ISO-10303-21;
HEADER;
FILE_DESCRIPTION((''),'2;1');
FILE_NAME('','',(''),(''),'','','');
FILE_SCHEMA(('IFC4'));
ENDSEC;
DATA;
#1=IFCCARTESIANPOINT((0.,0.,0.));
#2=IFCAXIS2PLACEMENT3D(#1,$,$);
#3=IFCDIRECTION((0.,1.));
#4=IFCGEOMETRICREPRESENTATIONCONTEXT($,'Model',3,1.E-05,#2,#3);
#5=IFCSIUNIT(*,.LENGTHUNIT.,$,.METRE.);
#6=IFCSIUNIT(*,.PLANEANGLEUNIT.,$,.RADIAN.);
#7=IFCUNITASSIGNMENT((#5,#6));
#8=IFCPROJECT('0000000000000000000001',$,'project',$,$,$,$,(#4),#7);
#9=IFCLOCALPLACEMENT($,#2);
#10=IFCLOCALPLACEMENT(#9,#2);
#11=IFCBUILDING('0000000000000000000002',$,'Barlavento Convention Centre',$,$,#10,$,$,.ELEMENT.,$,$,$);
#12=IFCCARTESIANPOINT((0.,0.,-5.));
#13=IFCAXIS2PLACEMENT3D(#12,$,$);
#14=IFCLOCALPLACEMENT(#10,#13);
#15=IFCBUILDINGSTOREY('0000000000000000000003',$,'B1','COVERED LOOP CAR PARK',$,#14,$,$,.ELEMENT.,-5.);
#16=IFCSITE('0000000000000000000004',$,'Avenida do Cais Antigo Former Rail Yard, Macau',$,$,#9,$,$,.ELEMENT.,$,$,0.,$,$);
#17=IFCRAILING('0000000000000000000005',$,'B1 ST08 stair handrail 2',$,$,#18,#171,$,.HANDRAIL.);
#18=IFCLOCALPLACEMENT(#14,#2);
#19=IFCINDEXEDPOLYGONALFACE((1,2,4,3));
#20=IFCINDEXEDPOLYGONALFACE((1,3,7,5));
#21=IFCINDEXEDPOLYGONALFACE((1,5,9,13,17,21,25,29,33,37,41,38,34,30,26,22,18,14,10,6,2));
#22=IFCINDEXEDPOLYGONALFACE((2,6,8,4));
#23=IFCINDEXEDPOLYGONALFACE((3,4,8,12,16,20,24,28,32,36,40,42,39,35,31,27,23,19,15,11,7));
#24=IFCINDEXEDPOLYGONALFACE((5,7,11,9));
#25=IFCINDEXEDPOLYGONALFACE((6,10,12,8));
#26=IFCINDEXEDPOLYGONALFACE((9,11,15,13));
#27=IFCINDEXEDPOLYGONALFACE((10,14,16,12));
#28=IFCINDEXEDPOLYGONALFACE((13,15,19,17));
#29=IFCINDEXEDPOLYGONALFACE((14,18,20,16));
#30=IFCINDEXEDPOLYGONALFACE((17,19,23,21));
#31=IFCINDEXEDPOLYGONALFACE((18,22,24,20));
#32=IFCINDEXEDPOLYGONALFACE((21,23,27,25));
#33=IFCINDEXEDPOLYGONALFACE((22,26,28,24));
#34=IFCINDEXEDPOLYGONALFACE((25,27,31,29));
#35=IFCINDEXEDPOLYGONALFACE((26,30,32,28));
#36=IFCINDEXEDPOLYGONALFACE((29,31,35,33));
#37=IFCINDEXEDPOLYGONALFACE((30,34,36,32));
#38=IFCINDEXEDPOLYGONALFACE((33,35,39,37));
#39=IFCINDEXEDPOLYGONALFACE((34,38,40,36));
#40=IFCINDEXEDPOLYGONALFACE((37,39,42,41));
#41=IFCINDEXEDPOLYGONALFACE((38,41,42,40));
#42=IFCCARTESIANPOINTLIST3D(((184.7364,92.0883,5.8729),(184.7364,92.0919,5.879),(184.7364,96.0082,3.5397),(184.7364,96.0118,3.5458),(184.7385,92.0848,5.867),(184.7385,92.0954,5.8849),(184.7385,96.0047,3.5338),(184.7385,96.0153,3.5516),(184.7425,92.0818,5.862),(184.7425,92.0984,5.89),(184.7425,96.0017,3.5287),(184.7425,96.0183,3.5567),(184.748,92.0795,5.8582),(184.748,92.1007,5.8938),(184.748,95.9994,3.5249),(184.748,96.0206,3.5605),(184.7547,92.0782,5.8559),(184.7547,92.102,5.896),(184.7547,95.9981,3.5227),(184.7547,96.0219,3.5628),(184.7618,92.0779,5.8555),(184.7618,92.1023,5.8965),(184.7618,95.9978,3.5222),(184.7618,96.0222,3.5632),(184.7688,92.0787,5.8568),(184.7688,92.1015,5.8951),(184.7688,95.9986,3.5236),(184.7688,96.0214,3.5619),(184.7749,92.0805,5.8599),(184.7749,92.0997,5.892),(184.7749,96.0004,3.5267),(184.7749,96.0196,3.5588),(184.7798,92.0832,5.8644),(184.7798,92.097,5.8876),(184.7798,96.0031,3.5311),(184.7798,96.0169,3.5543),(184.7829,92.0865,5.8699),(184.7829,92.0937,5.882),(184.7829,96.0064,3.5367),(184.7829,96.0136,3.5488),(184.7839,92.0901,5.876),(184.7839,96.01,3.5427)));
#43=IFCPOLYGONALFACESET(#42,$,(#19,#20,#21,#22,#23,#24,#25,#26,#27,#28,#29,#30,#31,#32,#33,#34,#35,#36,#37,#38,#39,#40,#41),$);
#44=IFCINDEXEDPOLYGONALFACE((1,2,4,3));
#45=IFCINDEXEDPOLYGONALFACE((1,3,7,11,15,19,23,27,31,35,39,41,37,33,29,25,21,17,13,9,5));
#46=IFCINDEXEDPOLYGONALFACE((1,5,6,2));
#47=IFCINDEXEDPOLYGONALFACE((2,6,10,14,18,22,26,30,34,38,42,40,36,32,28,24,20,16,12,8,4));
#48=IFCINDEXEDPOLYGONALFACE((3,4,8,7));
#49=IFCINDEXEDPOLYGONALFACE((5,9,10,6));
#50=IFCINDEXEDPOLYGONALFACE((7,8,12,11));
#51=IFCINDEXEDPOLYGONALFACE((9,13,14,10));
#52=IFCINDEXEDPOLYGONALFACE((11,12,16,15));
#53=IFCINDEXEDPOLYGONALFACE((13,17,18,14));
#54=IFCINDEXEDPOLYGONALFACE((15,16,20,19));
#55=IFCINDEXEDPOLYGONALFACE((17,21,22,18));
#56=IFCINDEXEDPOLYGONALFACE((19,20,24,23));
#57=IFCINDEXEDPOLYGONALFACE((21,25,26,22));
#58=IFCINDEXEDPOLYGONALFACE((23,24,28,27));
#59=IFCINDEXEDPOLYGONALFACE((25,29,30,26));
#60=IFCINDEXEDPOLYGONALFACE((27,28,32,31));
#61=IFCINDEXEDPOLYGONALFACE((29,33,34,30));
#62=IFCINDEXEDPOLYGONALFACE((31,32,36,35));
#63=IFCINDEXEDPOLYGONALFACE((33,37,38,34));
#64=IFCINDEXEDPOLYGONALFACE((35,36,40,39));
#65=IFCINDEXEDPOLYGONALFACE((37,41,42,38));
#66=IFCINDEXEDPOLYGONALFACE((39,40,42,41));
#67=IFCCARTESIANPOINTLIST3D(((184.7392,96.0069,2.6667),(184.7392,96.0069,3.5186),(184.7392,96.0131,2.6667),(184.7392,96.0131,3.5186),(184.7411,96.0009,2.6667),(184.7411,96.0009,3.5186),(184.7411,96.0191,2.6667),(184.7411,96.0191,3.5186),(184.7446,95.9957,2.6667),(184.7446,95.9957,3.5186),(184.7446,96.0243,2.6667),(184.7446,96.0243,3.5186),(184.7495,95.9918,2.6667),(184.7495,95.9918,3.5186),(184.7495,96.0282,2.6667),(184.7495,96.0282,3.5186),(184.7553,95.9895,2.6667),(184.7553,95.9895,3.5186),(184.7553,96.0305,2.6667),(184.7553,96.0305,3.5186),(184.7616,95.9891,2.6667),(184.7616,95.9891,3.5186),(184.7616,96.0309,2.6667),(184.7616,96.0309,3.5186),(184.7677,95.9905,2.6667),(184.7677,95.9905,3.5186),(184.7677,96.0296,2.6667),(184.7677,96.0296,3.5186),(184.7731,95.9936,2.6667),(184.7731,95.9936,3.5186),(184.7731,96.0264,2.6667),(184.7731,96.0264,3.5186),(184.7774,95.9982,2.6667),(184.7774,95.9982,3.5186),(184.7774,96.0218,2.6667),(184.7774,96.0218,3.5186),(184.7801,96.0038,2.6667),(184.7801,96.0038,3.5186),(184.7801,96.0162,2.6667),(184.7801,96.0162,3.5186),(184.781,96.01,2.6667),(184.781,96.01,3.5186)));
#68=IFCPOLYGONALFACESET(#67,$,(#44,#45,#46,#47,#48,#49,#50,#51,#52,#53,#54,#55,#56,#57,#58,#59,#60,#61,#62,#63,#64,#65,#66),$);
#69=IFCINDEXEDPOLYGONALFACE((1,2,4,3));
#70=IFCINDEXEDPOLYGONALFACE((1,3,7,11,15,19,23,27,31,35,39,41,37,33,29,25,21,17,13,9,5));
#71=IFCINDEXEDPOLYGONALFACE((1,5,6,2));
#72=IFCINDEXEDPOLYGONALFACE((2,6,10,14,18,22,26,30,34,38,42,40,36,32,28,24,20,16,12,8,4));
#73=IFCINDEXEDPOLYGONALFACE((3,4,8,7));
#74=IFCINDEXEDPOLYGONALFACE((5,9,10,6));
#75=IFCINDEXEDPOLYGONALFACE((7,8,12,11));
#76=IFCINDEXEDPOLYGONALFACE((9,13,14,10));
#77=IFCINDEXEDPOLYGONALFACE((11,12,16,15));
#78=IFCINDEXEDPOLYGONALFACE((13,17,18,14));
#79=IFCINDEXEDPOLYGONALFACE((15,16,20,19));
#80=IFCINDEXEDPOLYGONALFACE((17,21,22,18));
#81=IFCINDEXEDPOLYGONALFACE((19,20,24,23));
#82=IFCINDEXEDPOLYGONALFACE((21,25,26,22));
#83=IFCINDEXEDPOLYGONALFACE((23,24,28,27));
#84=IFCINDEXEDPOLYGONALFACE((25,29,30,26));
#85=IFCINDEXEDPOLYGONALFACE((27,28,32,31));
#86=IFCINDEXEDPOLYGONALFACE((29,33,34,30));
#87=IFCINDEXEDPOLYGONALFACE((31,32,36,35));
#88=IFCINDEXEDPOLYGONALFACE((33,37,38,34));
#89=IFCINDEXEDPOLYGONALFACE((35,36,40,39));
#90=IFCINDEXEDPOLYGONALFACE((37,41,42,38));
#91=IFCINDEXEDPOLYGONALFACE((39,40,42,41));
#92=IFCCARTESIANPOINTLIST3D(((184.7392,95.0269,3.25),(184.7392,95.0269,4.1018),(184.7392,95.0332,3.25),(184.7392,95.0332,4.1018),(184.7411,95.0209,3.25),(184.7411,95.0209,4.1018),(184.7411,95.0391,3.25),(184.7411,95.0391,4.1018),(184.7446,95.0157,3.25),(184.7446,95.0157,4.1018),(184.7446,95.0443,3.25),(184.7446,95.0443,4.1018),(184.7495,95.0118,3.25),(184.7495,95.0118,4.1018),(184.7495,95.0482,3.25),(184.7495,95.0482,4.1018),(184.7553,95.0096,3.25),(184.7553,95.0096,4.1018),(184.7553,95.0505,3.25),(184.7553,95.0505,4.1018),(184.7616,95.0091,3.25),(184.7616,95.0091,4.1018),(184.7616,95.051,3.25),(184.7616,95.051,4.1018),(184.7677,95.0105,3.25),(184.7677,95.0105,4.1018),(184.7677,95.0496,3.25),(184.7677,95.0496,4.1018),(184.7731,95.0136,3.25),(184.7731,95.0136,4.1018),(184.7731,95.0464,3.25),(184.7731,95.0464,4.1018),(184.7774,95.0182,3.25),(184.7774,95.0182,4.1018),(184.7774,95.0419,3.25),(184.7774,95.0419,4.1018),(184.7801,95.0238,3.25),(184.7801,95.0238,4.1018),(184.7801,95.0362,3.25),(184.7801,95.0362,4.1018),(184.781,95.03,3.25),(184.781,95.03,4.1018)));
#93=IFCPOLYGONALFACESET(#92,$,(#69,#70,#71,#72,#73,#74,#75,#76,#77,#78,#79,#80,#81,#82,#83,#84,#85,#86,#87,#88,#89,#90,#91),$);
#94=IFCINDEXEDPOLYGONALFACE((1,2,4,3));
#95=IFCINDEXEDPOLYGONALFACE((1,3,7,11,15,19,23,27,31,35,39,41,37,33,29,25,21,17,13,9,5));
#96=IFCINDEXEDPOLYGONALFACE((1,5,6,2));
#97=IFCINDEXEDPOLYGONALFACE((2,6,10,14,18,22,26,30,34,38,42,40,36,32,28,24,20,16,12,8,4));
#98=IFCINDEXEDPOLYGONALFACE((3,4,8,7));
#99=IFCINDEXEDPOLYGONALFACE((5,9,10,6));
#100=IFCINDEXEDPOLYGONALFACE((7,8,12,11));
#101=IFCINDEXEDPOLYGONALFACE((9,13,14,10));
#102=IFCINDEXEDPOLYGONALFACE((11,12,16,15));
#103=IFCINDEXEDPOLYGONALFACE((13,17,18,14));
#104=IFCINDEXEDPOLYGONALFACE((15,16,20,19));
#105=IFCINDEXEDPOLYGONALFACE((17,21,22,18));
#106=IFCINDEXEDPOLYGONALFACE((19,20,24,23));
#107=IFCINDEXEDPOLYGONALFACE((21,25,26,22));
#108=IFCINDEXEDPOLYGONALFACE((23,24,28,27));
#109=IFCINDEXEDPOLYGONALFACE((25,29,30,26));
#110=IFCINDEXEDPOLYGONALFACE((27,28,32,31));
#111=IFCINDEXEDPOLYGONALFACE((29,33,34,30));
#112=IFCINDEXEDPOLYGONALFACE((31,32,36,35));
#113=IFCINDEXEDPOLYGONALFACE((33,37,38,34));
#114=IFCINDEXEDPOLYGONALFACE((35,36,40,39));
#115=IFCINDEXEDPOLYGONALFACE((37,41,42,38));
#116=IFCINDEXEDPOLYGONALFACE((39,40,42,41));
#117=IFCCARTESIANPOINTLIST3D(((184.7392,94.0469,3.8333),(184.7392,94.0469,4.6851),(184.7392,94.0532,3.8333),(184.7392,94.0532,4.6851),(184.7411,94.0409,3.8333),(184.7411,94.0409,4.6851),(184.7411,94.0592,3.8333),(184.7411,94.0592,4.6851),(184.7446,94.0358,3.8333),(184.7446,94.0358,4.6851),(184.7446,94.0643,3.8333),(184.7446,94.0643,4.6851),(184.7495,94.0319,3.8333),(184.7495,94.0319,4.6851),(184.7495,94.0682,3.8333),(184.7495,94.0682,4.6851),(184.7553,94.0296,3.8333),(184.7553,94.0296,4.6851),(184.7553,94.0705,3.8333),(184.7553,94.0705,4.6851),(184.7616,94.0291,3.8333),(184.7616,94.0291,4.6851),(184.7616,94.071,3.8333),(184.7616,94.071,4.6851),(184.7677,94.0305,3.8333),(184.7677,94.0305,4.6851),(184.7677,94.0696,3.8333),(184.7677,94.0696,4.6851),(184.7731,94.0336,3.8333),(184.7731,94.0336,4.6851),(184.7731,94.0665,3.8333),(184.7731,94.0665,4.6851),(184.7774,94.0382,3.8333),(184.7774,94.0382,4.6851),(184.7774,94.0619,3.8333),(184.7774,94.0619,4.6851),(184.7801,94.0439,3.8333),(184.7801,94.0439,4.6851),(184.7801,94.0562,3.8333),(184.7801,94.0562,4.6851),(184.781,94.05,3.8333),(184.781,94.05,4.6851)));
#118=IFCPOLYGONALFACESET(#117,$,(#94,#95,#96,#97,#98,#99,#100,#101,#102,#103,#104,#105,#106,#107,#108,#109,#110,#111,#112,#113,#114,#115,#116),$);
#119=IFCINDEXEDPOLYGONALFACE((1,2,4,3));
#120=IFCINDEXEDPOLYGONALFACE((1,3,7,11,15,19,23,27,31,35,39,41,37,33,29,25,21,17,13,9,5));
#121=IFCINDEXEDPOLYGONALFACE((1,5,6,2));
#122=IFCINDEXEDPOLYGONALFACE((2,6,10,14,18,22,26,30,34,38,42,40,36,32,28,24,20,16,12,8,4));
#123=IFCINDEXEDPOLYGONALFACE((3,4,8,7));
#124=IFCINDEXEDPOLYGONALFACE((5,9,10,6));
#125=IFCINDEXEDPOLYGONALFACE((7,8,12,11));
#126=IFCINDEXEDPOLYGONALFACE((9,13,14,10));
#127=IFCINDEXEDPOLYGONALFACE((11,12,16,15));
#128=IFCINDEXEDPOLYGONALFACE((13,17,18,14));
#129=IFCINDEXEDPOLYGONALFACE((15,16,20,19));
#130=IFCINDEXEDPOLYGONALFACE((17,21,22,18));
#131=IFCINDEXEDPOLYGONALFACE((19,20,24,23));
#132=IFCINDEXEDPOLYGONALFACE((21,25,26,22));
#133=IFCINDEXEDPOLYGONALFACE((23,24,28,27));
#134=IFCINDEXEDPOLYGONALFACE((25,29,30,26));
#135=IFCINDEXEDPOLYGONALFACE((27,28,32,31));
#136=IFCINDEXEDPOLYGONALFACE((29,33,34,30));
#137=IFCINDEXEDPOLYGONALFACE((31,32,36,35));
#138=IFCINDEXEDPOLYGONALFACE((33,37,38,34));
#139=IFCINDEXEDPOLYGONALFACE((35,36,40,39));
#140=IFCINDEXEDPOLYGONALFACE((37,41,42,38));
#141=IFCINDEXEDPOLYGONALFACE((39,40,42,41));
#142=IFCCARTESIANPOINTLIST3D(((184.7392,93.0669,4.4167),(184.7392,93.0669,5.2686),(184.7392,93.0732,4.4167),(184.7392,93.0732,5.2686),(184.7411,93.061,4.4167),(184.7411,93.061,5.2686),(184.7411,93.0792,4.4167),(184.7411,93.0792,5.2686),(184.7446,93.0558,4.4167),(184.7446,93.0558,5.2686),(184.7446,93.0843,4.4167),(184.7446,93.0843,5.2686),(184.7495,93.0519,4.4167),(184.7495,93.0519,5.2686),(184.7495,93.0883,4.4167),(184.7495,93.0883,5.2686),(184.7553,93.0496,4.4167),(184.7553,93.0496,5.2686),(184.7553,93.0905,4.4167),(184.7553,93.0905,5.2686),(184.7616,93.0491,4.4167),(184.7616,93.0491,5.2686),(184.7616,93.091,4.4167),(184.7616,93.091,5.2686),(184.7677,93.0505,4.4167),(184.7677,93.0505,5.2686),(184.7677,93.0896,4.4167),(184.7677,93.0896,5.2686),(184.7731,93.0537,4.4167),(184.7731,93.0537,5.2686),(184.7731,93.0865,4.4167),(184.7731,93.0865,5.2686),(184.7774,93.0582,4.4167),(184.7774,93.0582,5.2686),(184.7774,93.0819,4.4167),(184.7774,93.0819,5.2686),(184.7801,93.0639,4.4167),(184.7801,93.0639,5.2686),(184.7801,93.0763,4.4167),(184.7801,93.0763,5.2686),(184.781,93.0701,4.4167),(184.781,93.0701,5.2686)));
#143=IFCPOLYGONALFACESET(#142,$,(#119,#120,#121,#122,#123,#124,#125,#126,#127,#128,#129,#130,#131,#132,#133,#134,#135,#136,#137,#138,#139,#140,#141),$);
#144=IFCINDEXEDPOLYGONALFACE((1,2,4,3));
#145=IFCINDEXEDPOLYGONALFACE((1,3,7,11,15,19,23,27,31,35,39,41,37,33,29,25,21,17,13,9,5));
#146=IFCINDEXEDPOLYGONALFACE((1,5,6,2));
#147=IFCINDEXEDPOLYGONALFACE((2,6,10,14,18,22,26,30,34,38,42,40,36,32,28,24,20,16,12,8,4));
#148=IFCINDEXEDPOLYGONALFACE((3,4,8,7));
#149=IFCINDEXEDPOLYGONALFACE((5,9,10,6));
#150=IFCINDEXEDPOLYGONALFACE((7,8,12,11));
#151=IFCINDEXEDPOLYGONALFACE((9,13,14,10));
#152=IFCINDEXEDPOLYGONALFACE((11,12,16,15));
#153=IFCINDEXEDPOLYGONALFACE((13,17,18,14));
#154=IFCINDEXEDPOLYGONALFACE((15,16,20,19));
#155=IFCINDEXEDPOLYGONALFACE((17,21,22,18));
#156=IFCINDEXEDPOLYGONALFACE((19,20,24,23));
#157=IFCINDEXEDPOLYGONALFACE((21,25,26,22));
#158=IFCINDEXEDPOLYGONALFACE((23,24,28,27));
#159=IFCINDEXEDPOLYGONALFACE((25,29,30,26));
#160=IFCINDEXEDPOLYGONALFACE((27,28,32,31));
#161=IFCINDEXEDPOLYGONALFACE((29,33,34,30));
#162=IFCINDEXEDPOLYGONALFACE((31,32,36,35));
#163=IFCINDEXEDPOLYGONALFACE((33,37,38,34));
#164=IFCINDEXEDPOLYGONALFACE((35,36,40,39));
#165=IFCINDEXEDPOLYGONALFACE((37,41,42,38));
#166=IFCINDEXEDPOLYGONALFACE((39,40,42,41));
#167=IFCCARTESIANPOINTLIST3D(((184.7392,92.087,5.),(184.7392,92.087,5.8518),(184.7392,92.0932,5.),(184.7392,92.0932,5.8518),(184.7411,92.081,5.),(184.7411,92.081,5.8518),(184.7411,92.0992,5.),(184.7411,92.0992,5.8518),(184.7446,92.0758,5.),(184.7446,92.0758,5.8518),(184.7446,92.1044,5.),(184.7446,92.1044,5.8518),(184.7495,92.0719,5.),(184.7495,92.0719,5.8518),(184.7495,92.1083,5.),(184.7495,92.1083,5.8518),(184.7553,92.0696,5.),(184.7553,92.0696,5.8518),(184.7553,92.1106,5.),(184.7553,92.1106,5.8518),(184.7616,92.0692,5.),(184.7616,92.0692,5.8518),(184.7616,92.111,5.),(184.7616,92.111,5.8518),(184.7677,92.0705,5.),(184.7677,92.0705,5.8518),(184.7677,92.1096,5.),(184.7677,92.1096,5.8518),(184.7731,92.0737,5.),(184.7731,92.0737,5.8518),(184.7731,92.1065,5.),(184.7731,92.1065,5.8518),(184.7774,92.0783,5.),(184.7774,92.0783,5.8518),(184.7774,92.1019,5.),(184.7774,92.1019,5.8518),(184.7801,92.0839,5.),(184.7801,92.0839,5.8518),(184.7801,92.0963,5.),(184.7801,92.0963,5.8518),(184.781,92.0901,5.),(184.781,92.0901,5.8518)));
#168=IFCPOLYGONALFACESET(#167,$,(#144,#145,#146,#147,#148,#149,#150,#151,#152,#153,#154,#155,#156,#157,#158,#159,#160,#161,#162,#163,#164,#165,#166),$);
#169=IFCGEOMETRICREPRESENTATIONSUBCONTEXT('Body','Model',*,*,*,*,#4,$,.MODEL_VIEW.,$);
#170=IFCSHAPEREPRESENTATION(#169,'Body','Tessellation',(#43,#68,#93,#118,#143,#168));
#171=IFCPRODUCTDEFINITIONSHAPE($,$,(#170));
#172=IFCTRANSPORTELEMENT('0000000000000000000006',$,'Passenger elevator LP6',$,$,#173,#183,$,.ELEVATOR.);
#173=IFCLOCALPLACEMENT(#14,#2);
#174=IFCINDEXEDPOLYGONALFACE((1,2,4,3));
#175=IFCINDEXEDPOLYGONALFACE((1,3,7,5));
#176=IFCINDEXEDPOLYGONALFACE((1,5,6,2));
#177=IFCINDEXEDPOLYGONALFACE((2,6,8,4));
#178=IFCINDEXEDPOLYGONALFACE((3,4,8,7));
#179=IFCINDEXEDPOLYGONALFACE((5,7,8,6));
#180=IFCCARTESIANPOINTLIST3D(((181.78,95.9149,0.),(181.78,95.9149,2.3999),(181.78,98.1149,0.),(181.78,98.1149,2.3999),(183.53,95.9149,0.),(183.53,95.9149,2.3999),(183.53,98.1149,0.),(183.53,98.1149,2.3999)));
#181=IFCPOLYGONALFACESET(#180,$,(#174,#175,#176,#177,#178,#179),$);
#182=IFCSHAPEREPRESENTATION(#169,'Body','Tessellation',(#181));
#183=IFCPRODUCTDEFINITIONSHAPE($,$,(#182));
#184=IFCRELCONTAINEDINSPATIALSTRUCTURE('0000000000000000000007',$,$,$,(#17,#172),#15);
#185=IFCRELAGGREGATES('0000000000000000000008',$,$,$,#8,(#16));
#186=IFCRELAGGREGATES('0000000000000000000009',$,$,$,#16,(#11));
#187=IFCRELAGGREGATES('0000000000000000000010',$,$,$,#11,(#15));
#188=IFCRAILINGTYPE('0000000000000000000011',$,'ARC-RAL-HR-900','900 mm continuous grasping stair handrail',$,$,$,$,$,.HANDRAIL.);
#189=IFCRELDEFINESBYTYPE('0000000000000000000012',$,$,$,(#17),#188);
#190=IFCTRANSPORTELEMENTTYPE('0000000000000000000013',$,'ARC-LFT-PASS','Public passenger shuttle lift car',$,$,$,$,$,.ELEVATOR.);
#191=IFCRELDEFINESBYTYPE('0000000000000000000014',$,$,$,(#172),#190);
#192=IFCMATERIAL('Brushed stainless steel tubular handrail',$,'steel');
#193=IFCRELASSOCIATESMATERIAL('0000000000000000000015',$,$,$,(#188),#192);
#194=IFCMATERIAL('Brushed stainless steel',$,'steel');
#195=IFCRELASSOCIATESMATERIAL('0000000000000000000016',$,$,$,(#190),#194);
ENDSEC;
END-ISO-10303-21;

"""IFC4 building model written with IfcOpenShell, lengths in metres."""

from ifc_helpers import new_model, si_unit, direction, frame, origin, origin_2d, place, context, subcontext, project, spatial, rectangle, circle, extrude, material, type_object, element, save


model = new_model("IFC4")

# Units and contexts
model_context = context("Model", 3, precision=1e-05, world=origin(), true_north=direction((0.0, 1.0)))
body_context = subcontext(model_context, "Body", "Model", "MODEL_VIEW")
ifc_project = project(units=[si_unit("LENGTHUNIT", "METRE"), si_unit("PLANEANGLEUNIT", "RADIAN")], contexts=[model_context])

# Site, building, storey
site_placement = place(None, origin())
site = spatial("IfcSite", under=ifc_project, at=site_placement, Name="Avenida do Cais Antigo Former Rail Yard, Macau", CompositionType="ELEMENT", RefElevation=0.0)
building_placement = place(site_placement, origin())
building = spatial("IfcBuilding", under=site, at=building_placement, Name="Barlavento Convention Centre", CompositionType="ELEMENT")
storey_placement = place(building_placement, frame((0.0, 0.0, -5.0)))
storey = spatial("IfcBuildingStorey", under=building, at=storey_placement, Name="B1", Description="COVERED LOOP CAR PARK", CompositionType="ELEMENT", Elevation=-5.0)

# Shared definitions
ifc_material_1 = material(Name="Brushed stainless steel", Category="steel")

# Railing
ifc_material_2 = material(Name="Brushed stainless steel tubular handrail", Category="steel")
railing_type_1 = type_object("IfcRailingType", Name="ARC-RAL-HR-900", Description="900 mm continuous grasping stair handrail", PredefinedType="HANDRAIL", material=ifc_material_2)
railing_1_placement = place(storey_placement, frame((184.76, 96.01, 2.6667)))
element("IfcRailing", 1, at=railing_1_placement, inside=storey, type_object=railing_type_1, Name="B1 ST08 stair handrail 2", PredefinedType="HANDRAIL", context=body_context, shape_type="SweptSolid", body=[
    extrude(circle(Radius=0.0239, at=origin_2d()), frame((0.0, 0.0, 0.876), z_axis=(0.0, -0.859296, 0.511478), x_axis=(1.0, 0.0, 0.0)), (0.0, 0.0, 1.0), 4.5618),
    extrude(circle(Radius=0.021, at=origin_2d()), origin(), (0.0, 0.0, 1.0), 0.8518),
    extrude(circle(Radius=0.021, at=origin_2d()), frame((0.0, -0.98, 0.5833)), (0.0, 0.0, 1.0), 0.8518),
    extrude(circle(Radius=0.021, at=origin_2d()), frame((0.0, -1.96, 1.1665)), (0.0, 0.0, 1.0), 0.8518),
    extrude(circle(Radius=0.021, at=origin_2d()), frame((0.0, -2.9399, 1.75)), (0.0, 0.0, 1.0), 0.8518),
    extrude(circle(Radius=0.021, at=origin_2d()), frame((0.0, -3.9199, 2.3333)), (0.0, 0.0, 1.0), 0.8518),
])

# Transport element
transport_element_type = type_object("IfcTransportElementType", Name="ARC-LFT-PASS", Description="Public passenger shuttle lift car", PredefinedType="ELEVATOR", material=ifc_material_1)
transport_element_placement = place(storey_placement, frame((182.655, 97.0149, 0.0), z_axis=(0.0, 0.0, 1.0), x_axis=(1.0, 0.0, 0.0)))
element("IfcTransportElement", 2, at=transport_element_placement, inside=storey, type_object=transport_element_type, Name="Passenger elevator LP6", PredefinedType="ELEVATOR", context=body_context, shape_type="SweptSolid", body=[
    extrude(rectangle(XDim=1.75, YDim=2.2, at=origin_2d()), origin(), (0.0, 0.0, 1.0), 2.3999),
])

save(model, "model.ifc")
